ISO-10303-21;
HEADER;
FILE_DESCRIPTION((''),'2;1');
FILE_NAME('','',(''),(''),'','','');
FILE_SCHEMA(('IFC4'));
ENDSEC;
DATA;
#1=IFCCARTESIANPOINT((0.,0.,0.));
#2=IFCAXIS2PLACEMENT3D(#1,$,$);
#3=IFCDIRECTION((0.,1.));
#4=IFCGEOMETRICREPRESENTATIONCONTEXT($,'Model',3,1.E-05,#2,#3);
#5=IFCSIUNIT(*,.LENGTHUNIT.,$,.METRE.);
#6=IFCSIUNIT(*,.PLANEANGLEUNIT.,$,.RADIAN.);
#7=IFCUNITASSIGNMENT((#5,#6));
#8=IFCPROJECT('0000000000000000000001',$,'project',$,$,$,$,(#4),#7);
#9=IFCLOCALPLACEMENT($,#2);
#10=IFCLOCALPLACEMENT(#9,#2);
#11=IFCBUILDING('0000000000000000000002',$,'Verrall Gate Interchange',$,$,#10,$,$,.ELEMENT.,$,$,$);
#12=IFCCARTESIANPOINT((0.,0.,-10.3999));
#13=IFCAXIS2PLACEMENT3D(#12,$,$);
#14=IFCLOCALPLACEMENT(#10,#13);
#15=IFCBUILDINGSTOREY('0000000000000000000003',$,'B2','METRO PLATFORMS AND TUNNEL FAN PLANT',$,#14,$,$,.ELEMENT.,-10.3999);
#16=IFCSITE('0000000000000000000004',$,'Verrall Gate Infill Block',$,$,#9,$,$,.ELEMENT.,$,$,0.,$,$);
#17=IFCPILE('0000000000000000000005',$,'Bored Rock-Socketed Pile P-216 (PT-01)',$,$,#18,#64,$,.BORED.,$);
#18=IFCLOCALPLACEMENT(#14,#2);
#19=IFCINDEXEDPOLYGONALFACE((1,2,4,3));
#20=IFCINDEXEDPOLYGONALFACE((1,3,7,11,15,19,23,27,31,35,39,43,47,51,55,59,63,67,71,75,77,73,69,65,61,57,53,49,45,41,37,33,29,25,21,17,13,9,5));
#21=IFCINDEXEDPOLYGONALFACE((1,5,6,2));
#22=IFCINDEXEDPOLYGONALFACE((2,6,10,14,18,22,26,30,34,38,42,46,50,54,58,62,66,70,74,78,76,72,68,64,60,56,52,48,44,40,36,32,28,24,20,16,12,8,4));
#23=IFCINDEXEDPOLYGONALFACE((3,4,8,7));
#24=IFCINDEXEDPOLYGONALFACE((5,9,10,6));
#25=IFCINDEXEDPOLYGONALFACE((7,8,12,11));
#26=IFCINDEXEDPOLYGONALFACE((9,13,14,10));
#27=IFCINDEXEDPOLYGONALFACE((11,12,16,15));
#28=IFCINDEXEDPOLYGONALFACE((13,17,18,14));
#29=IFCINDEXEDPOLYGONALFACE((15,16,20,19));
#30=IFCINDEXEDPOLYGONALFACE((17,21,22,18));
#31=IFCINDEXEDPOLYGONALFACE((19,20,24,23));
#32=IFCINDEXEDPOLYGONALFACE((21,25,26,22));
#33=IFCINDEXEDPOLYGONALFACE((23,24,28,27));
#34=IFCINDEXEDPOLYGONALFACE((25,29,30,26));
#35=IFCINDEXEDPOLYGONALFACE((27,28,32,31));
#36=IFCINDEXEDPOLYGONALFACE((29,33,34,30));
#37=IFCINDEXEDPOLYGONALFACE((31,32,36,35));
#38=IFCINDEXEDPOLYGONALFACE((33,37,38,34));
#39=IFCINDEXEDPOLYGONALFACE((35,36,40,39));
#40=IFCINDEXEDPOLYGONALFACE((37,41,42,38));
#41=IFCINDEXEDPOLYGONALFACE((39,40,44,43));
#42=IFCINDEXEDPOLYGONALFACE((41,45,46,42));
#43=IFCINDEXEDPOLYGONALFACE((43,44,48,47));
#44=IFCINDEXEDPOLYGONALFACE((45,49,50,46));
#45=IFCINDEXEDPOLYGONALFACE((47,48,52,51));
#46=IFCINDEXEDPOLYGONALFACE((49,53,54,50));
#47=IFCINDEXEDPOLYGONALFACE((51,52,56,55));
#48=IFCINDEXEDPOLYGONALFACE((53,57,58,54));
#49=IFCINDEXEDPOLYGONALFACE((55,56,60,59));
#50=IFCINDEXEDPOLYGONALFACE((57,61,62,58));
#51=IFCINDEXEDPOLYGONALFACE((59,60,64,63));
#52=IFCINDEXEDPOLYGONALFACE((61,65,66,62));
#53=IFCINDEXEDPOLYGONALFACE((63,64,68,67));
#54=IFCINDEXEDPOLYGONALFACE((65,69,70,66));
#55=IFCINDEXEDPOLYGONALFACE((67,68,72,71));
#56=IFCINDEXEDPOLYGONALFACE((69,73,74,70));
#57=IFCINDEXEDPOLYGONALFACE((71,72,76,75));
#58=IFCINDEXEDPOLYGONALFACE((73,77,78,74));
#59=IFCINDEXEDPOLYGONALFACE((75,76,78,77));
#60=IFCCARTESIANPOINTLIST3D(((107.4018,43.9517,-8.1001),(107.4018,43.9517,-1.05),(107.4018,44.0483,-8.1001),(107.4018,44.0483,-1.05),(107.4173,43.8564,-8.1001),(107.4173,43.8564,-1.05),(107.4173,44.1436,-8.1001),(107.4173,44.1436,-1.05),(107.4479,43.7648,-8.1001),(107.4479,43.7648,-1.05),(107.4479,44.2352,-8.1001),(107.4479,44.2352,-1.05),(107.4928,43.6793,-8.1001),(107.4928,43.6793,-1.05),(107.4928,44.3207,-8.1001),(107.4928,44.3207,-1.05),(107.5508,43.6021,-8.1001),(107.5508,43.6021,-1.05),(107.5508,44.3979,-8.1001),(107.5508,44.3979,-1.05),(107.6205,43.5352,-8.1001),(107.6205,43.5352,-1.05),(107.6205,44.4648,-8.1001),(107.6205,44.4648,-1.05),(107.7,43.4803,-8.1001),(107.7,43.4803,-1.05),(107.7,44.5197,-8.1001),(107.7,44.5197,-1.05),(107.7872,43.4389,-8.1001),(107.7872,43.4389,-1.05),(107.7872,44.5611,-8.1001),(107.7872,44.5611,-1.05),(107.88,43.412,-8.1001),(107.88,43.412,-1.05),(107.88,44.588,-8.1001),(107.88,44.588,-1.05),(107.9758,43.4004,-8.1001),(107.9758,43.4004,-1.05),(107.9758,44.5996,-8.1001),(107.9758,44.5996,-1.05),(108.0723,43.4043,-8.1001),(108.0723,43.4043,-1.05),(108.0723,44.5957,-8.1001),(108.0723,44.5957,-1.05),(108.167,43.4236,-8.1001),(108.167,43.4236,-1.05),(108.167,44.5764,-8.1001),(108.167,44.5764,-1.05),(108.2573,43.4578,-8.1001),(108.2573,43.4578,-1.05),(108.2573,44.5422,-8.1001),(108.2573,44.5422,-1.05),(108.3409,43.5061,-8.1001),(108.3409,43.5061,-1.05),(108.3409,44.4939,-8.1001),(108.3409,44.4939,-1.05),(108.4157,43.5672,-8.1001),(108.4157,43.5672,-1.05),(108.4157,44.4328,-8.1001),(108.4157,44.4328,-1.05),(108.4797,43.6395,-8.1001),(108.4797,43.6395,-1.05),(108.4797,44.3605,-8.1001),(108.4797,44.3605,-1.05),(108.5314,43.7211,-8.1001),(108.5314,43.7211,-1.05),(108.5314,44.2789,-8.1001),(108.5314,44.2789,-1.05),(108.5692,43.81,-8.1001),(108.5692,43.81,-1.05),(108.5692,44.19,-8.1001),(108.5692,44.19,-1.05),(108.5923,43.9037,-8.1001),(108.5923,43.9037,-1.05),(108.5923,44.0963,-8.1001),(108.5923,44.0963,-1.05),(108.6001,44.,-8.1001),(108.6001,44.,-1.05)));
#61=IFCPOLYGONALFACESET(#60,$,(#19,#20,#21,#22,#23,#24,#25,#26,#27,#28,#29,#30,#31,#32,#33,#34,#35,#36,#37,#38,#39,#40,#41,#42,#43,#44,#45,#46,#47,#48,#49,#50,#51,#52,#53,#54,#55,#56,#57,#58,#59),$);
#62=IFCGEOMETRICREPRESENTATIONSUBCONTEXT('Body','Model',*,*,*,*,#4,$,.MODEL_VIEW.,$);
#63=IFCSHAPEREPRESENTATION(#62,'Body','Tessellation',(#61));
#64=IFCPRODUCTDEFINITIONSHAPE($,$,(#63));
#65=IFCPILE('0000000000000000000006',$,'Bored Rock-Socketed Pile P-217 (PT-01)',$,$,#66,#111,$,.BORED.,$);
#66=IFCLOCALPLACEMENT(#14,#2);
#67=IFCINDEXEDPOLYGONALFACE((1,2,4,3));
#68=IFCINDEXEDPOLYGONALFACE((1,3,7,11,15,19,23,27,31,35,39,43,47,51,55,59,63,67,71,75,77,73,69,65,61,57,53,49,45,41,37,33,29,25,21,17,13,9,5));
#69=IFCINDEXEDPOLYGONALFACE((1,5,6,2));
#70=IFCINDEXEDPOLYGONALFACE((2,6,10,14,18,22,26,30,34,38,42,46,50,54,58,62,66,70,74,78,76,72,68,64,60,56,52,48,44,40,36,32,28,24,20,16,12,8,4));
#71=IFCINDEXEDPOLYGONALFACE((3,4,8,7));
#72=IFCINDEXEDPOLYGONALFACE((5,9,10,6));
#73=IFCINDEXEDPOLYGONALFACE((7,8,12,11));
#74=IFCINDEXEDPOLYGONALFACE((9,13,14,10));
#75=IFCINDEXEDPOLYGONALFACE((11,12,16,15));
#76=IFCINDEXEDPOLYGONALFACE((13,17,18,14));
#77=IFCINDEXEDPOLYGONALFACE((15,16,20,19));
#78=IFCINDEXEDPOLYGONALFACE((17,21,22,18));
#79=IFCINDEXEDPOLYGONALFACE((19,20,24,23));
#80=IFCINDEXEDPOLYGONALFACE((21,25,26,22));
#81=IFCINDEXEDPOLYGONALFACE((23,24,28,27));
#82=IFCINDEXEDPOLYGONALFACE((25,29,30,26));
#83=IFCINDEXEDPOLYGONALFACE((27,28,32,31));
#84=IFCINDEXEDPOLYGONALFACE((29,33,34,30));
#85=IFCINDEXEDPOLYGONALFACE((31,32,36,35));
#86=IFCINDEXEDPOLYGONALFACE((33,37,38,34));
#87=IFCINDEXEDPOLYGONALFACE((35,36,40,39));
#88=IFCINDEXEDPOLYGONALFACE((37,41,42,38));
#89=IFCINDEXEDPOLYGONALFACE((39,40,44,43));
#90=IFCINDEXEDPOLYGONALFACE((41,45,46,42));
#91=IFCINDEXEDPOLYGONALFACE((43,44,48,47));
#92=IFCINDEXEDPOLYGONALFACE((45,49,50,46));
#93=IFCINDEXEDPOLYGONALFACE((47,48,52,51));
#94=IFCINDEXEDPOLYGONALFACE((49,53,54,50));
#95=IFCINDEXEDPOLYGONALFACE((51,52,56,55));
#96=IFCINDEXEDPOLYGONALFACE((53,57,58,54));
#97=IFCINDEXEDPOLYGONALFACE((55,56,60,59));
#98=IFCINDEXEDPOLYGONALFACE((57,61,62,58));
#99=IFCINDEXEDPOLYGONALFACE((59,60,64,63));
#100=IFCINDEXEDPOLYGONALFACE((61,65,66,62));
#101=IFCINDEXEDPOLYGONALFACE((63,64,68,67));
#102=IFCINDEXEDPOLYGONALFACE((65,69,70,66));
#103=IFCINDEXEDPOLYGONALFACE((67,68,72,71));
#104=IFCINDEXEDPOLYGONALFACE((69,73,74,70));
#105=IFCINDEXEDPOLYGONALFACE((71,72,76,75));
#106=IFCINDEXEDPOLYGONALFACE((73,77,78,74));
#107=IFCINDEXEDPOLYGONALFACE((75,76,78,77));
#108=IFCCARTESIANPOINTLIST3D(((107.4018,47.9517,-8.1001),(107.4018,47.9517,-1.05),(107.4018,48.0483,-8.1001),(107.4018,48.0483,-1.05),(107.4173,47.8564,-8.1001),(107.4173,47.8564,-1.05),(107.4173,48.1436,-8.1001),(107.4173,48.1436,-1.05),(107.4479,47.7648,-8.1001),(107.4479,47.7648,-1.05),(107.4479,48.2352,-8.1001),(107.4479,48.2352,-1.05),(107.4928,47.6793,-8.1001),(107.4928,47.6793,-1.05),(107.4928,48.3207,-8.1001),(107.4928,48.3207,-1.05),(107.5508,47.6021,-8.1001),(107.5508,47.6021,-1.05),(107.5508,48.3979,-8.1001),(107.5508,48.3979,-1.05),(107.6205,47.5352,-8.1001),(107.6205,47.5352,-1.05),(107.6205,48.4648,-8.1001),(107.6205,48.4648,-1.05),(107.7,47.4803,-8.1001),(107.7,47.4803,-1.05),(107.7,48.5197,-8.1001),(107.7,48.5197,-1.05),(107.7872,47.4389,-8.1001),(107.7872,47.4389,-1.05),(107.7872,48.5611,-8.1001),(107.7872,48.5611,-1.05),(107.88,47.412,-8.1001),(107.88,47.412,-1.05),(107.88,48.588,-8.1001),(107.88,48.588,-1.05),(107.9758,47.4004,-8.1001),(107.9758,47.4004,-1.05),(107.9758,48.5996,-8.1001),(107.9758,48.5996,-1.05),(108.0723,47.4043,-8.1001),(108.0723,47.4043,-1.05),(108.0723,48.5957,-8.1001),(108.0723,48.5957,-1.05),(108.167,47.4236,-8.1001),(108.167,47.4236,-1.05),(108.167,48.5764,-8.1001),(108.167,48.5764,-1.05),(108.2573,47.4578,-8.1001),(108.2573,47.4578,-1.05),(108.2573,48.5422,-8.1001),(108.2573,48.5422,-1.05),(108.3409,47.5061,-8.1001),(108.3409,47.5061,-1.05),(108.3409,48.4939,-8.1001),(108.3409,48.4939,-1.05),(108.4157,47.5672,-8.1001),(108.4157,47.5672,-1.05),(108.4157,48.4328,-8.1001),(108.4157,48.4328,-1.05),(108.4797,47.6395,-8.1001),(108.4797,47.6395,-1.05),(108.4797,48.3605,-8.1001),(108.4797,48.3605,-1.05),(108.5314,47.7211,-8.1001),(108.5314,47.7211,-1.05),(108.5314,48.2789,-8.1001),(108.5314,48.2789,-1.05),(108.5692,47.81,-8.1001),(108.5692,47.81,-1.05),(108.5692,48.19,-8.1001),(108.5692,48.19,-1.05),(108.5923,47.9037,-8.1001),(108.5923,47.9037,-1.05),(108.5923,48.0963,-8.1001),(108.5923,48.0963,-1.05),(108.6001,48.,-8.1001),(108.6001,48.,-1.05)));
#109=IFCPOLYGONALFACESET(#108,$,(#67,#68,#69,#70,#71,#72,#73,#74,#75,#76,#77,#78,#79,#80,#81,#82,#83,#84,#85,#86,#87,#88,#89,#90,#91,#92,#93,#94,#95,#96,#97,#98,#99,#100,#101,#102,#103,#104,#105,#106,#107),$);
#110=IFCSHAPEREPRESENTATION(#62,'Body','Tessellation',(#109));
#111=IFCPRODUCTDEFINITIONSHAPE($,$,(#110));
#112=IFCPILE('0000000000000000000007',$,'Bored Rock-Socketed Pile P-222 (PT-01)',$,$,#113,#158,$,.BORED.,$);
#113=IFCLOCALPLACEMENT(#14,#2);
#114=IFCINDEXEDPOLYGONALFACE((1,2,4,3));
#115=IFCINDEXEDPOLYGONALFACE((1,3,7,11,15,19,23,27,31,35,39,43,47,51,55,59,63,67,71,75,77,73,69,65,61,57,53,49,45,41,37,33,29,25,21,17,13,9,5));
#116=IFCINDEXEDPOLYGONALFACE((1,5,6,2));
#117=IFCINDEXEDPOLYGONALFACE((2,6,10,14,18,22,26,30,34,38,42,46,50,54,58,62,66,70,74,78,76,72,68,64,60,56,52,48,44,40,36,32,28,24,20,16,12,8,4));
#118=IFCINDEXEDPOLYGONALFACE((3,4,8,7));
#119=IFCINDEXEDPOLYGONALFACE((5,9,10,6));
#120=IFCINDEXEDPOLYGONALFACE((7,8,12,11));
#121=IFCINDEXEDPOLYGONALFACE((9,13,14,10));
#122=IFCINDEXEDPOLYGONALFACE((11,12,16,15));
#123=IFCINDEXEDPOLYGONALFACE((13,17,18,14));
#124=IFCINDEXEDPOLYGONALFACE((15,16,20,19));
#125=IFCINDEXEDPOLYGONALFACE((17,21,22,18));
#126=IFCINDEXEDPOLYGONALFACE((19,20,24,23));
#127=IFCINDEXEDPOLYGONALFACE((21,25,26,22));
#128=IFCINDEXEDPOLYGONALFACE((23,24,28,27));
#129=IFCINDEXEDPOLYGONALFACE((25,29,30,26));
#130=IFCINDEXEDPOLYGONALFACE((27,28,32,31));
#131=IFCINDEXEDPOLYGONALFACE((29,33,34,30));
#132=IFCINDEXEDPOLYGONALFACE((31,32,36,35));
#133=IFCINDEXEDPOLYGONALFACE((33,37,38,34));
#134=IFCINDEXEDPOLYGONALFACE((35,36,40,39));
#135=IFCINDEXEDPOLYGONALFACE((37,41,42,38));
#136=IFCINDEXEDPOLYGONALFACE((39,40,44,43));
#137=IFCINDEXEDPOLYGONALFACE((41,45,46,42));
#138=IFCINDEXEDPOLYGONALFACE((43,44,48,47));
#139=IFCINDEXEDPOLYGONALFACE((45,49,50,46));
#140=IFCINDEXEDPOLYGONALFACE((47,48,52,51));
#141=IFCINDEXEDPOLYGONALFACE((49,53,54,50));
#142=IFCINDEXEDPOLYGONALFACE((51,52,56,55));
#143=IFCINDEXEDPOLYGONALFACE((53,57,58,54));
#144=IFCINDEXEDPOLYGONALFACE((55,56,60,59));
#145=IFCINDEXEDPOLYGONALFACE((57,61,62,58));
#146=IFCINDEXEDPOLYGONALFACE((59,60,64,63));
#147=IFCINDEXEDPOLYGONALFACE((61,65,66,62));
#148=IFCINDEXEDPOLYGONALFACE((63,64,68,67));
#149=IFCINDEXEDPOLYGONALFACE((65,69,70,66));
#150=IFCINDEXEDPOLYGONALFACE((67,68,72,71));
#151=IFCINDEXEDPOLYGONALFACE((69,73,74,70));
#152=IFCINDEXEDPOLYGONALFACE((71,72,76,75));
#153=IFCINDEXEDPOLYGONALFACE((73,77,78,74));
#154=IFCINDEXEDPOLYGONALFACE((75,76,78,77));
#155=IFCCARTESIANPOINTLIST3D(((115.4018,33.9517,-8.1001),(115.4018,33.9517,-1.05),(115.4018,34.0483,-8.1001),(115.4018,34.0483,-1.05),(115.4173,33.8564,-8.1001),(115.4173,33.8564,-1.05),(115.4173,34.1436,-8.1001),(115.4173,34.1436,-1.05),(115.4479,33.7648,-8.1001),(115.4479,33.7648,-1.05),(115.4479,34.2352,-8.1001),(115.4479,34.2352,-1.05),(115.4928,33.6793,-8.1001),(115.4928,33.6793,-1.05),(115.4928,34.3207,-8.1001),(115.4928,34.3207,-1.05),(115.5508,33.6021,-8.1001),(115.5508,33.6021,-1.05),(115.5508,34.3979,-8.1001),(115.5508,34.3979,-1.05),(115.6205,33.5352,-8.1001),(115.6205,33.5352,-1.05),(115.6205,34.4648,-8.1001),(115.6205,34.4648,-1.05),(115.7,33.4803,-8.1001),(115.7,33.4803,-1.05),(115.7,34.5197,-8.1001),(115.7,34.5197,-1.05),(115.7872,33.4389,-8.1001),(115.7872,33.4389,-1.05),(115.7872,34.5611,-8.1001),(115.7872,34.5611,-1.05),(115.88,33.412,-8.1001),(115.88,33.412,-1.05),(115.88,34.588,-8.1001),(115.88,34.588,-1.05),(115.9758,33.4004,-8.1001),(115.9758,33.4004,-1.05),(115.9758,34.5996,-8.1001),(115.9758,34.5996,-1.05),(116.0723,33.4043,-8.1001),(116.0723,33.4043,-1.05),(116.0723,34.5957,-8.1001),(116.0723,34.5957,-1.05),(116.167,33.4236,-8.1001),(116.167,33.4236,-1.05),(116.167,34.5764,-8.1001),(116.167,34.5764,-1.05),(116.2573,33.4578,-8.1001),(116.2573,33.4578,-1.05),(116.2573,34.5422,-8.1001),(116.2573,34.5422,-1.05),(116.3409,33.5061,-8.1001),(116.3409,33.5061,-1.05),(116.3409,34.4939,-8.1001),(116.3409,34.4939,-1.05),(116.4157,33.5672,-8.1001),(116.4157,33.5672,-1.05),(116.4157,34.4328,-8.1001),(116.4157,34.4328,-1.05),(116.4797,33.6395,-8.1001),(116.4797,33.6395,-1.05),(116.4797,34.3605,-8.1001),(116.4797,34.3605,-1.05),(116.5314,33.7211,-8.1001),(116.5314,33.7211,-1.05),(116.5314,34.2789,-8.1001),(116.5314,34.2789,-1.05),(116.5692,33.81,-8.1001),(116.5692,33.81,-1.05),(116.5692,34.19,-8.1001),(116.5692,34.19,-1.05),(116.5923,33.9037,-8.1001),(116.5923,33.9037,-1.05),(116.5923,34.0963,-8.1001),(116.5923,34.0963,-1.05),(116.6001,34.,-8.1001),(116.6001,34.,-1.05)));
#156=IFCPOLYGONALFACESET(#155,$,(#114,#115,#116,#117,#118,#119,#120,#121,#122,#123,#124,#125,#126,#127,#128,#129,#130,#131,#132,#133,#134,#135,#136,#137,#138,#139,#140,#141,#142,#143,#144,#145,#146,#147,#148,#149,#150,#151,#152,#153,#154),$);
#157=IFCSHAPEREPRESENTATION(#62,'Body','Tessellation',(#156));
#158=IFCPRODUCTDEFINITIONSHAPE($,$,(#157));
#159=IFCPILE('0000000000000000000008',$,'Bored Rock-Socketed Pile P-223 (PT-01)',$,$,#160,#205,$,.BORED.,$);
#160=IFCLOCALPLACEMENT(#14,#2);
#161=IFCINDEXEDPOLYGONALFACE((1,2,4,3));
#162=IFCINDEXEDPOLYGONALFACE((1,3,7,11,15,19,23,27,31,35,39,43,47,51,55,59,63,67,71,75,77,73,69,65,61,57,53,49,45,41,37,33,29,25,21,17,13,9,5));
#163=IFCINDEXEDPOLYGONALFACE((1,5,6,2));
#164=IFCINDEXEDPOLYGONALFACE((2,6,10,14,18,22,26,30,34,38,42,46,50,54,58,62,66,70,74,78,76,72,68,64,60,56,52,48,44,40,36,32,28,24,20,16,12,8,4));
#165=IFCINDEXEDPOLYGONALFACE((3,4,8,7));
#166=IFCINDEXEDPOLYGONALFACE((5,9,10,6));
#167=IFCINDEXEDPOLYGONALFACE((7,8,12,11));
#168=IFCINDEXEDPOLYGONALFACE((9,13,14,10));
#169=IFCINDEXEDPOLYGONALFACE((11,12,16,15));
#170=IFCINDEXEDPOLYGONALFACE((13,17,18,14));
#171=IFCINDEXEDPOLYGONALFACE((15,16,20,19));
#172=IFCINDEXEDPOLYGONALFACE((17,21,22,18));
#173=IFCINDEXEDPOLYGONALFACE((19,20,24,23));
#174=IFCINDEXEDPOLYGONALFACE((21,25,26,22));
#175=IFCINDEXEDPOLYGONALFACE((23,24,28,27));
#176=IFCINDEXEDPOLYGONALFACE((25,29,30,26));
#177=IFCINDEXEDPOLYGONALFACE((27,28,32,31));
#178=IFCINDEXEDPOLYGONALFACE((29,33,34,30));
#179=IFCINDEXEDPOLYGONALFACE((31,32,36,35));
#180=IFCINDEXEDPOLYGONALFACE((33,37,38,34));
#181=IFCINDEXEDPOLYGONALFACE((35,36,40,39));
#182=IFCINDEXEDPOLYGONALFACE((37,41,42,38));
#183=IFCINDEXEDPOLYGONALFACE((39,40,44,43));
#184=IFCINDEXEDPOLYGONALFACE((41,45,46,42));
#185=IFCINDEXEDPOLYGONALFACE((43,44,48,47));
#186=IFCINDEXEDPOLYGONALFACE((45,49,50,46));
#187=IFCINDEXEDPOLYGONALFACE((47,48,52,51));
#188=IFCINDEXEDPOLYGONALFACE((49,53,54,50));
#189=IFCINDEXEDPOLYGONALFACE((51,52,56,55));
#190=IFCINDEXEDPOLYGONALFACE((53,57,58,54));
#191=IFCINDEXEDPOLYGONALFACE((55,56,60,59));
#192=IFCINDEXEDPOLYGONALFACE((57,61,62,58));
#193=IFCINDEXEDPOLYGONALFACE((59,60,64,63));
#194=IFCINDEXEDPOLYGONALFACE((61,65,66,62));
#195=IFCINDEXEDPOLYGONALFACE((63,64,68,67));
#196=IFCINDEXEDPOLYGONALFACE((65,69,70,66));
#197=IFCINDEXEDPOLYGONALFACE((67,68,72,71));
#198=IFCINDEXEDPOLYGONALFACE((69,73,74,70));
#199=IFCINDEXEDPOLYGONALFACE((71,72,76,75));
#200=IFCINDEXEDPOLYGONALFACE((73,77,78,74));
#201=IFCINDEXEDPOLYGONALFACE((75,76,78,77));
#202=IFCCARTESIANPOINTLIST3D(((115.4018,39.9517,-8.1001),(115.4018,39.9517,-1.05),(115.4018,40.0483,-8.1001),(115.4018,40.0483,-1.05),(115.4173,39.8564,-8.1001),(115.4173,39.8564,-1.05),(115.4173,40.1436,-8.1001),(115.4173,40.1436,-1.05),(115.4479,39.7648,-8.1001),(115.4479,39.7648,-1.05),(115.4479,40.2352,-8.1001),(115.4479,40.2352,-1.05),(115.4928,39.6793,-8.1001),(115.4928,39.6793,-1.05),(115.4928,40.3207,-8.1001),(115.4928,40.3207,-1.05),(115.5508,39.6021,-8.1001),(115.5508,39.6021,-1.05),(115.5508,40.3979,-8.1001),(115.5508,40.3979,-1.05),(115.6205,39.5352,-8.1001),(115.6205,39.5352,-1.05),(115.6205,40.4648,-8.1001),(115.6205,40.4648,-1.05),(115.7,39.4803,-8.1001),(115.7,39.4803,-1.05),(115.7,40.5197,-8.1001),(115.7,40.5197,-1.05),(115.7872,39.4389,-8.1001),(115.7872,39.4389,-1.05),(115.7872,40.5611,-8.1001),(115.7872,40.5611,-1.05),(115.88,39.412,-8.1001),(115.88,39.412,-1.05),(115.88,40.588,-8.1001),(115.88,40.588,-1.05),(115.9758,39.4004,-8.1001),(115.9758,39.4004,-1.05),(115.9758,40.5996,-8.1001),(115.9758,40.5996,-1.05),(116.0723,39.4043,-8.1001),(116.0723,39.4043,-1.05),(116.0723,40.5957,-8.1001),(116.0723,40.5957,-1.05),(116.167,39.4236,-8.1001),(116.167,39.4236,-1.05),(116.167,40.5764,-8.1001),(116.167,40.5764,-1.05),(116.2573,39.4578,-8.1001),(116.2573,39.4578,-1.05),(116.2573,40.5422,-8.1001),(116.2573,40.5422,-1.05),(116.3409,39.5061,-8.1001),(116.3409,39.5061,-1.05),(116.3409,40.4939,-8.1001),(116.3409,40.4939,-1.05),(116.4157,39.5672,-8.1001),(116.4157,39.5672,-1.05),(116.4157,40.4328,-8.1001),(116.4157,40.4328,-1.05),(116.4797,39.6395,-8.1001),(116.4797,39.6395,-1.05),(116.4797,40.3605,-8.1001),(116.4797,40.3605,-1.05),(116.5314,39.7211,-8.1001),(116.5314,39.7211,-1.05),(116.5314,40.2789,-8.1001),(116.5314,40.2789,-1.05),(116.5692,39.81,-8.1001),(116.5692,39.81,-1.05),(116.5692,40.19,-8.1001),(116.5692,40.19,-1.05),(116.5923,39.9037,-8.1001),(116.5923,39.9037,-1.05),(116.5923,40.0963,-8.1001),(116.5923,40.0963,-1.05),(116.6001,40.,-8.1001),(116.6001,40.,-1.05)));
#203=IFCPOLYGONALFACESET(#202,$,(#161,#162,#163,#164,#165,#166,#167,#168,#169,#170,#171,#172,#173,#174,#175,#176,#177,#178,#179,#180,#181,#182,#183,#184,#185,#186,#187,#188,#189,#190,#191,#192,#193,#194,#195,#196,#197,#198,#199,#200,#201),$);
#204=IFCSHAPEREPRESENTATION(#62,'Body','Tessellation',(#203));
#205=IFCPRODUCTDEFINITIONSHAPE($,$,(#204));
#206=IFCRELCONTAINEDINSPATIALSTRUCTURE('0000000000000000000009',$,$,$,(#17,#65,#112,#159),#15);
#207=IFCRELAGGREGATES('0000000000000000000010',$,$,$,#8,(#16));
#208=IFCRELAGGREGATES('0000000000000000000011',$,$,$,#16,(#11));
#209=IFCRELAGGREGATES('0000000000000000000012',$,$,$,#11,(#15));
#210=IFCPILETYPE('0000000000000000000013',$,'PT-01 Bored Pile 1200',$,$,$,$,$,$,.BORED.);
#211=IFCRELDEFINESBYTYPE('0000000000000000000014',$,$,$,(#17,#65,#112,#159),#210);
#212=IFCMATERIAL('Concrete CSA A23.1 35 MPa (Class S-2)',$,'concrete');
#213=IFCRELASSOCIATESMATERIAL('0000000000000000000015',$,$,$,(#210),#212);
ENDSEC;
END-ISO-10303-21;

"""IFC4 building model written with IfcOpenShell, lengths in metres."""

from ifc_helpers import new_model, si_unit, direction, frame, origin, origin_2d, place, context, subcontext, project, spatial, circle, extrude, material, material_profile, profile_set, type_object, element, save


model = new_model("IFC4")

# Units and contexts
model_context = context("Model", 3, precision=1e-05, world=origin(), true_north=direction((0.0, 1.0)))
body_context = subcontext(model_context, "Body", "Model", "MODEL_VIEW")
ifc_project = project(units=[si_unit("LENGTHUNIT", "METRE"), si_unit("PLANEANGLEUNIT", "RADIAN")], contexts=[model_context])

# Site, building, storey
site_placement = place(None, origin())
site = spatial("IfcSite", under=ifc_project, at=site_placement, Name="Verrall Gate Infill Block", CompositionType="ELEMENT", RefElevation=0.0)
building_placement = place(site_placement, origin())
building = spatial("IfcBuilding", under=site, at=building_placement, Name="Verrall Gate Interchange", CompositionType="ELEMENT")
storey_placement = place(building_placement, frame((0.0, 0.0, -10.3999)))
storey = spatial("IfcBuildingStorey", under=building, at=storey_placement, Name="B2", Description="METRO PLATFORMS AND TUNNEL FAN PLANT", CompositionType="ELEMENT", Elevation=-10.3999)

# Piles
ifc_material_1 = material(Name="Concrete CSA A23.1 35 MPa (Class S-2)", Category="concrete")
ifc_material_profile_1 = material_profile(ifc_material_1, circle(Radius=0.6001, at=origin_2d()), Name="PILE1200D")
ifc_profile_set_1 = profile_set([ifc_material_profile_1], Name="Concrete CSA A23.1 35 MPa (Class S-2)")
pile_type_1 = type_object("IfcPileType", Name="PT-01 Bored Pile 1200", PredefinedType="BORED", material=ifc_profile_set_1)
for number, where, z_axis, x_axis, name in (
    (1, (108.0, 44.0, -1.05), (0.0, 0.0, -1.0), (1.0, 0.0, 0.0), "Bored Rock-Socketed Pile P-216 (PT-01)"),
    (2, (108.0, 48.0, -1.05), (0.0, 0.0, -1.0), (1.0, 0.0, 0.0), "Bored Rock-Socketed Pile P-217 (PT-01)"),
    (3, (116.0, 34.0, -1.05), (0.0, 0.0, -1.0), (1.0, 0.0, 0.0), "Bored Rock-Socketed Pile P-222 (PT-01)"),
    (4, (116.0, 40.0, -1.05), (0.0, 0.0, -1.0), (1.0, 0.0, 0.0), "Bored Rock-Socketed Pile P-223 (PT-01)"),
):
    element("IfcPile", number, at=place(storey_placement, frame(where, z_axis=z_axis, x_axis=x_axis)), inside=storey, type_object=pile_type_1, Name=name, PredefinedType="BORED", context=body_context, shape_type="SweptSolid", body=[
        extrude(circle(Radius=0.6001, at=origin_2d()), origin(), (0.0, 0.0, 1.0), 7.05),
    ])

save(model, "model.ifc")
